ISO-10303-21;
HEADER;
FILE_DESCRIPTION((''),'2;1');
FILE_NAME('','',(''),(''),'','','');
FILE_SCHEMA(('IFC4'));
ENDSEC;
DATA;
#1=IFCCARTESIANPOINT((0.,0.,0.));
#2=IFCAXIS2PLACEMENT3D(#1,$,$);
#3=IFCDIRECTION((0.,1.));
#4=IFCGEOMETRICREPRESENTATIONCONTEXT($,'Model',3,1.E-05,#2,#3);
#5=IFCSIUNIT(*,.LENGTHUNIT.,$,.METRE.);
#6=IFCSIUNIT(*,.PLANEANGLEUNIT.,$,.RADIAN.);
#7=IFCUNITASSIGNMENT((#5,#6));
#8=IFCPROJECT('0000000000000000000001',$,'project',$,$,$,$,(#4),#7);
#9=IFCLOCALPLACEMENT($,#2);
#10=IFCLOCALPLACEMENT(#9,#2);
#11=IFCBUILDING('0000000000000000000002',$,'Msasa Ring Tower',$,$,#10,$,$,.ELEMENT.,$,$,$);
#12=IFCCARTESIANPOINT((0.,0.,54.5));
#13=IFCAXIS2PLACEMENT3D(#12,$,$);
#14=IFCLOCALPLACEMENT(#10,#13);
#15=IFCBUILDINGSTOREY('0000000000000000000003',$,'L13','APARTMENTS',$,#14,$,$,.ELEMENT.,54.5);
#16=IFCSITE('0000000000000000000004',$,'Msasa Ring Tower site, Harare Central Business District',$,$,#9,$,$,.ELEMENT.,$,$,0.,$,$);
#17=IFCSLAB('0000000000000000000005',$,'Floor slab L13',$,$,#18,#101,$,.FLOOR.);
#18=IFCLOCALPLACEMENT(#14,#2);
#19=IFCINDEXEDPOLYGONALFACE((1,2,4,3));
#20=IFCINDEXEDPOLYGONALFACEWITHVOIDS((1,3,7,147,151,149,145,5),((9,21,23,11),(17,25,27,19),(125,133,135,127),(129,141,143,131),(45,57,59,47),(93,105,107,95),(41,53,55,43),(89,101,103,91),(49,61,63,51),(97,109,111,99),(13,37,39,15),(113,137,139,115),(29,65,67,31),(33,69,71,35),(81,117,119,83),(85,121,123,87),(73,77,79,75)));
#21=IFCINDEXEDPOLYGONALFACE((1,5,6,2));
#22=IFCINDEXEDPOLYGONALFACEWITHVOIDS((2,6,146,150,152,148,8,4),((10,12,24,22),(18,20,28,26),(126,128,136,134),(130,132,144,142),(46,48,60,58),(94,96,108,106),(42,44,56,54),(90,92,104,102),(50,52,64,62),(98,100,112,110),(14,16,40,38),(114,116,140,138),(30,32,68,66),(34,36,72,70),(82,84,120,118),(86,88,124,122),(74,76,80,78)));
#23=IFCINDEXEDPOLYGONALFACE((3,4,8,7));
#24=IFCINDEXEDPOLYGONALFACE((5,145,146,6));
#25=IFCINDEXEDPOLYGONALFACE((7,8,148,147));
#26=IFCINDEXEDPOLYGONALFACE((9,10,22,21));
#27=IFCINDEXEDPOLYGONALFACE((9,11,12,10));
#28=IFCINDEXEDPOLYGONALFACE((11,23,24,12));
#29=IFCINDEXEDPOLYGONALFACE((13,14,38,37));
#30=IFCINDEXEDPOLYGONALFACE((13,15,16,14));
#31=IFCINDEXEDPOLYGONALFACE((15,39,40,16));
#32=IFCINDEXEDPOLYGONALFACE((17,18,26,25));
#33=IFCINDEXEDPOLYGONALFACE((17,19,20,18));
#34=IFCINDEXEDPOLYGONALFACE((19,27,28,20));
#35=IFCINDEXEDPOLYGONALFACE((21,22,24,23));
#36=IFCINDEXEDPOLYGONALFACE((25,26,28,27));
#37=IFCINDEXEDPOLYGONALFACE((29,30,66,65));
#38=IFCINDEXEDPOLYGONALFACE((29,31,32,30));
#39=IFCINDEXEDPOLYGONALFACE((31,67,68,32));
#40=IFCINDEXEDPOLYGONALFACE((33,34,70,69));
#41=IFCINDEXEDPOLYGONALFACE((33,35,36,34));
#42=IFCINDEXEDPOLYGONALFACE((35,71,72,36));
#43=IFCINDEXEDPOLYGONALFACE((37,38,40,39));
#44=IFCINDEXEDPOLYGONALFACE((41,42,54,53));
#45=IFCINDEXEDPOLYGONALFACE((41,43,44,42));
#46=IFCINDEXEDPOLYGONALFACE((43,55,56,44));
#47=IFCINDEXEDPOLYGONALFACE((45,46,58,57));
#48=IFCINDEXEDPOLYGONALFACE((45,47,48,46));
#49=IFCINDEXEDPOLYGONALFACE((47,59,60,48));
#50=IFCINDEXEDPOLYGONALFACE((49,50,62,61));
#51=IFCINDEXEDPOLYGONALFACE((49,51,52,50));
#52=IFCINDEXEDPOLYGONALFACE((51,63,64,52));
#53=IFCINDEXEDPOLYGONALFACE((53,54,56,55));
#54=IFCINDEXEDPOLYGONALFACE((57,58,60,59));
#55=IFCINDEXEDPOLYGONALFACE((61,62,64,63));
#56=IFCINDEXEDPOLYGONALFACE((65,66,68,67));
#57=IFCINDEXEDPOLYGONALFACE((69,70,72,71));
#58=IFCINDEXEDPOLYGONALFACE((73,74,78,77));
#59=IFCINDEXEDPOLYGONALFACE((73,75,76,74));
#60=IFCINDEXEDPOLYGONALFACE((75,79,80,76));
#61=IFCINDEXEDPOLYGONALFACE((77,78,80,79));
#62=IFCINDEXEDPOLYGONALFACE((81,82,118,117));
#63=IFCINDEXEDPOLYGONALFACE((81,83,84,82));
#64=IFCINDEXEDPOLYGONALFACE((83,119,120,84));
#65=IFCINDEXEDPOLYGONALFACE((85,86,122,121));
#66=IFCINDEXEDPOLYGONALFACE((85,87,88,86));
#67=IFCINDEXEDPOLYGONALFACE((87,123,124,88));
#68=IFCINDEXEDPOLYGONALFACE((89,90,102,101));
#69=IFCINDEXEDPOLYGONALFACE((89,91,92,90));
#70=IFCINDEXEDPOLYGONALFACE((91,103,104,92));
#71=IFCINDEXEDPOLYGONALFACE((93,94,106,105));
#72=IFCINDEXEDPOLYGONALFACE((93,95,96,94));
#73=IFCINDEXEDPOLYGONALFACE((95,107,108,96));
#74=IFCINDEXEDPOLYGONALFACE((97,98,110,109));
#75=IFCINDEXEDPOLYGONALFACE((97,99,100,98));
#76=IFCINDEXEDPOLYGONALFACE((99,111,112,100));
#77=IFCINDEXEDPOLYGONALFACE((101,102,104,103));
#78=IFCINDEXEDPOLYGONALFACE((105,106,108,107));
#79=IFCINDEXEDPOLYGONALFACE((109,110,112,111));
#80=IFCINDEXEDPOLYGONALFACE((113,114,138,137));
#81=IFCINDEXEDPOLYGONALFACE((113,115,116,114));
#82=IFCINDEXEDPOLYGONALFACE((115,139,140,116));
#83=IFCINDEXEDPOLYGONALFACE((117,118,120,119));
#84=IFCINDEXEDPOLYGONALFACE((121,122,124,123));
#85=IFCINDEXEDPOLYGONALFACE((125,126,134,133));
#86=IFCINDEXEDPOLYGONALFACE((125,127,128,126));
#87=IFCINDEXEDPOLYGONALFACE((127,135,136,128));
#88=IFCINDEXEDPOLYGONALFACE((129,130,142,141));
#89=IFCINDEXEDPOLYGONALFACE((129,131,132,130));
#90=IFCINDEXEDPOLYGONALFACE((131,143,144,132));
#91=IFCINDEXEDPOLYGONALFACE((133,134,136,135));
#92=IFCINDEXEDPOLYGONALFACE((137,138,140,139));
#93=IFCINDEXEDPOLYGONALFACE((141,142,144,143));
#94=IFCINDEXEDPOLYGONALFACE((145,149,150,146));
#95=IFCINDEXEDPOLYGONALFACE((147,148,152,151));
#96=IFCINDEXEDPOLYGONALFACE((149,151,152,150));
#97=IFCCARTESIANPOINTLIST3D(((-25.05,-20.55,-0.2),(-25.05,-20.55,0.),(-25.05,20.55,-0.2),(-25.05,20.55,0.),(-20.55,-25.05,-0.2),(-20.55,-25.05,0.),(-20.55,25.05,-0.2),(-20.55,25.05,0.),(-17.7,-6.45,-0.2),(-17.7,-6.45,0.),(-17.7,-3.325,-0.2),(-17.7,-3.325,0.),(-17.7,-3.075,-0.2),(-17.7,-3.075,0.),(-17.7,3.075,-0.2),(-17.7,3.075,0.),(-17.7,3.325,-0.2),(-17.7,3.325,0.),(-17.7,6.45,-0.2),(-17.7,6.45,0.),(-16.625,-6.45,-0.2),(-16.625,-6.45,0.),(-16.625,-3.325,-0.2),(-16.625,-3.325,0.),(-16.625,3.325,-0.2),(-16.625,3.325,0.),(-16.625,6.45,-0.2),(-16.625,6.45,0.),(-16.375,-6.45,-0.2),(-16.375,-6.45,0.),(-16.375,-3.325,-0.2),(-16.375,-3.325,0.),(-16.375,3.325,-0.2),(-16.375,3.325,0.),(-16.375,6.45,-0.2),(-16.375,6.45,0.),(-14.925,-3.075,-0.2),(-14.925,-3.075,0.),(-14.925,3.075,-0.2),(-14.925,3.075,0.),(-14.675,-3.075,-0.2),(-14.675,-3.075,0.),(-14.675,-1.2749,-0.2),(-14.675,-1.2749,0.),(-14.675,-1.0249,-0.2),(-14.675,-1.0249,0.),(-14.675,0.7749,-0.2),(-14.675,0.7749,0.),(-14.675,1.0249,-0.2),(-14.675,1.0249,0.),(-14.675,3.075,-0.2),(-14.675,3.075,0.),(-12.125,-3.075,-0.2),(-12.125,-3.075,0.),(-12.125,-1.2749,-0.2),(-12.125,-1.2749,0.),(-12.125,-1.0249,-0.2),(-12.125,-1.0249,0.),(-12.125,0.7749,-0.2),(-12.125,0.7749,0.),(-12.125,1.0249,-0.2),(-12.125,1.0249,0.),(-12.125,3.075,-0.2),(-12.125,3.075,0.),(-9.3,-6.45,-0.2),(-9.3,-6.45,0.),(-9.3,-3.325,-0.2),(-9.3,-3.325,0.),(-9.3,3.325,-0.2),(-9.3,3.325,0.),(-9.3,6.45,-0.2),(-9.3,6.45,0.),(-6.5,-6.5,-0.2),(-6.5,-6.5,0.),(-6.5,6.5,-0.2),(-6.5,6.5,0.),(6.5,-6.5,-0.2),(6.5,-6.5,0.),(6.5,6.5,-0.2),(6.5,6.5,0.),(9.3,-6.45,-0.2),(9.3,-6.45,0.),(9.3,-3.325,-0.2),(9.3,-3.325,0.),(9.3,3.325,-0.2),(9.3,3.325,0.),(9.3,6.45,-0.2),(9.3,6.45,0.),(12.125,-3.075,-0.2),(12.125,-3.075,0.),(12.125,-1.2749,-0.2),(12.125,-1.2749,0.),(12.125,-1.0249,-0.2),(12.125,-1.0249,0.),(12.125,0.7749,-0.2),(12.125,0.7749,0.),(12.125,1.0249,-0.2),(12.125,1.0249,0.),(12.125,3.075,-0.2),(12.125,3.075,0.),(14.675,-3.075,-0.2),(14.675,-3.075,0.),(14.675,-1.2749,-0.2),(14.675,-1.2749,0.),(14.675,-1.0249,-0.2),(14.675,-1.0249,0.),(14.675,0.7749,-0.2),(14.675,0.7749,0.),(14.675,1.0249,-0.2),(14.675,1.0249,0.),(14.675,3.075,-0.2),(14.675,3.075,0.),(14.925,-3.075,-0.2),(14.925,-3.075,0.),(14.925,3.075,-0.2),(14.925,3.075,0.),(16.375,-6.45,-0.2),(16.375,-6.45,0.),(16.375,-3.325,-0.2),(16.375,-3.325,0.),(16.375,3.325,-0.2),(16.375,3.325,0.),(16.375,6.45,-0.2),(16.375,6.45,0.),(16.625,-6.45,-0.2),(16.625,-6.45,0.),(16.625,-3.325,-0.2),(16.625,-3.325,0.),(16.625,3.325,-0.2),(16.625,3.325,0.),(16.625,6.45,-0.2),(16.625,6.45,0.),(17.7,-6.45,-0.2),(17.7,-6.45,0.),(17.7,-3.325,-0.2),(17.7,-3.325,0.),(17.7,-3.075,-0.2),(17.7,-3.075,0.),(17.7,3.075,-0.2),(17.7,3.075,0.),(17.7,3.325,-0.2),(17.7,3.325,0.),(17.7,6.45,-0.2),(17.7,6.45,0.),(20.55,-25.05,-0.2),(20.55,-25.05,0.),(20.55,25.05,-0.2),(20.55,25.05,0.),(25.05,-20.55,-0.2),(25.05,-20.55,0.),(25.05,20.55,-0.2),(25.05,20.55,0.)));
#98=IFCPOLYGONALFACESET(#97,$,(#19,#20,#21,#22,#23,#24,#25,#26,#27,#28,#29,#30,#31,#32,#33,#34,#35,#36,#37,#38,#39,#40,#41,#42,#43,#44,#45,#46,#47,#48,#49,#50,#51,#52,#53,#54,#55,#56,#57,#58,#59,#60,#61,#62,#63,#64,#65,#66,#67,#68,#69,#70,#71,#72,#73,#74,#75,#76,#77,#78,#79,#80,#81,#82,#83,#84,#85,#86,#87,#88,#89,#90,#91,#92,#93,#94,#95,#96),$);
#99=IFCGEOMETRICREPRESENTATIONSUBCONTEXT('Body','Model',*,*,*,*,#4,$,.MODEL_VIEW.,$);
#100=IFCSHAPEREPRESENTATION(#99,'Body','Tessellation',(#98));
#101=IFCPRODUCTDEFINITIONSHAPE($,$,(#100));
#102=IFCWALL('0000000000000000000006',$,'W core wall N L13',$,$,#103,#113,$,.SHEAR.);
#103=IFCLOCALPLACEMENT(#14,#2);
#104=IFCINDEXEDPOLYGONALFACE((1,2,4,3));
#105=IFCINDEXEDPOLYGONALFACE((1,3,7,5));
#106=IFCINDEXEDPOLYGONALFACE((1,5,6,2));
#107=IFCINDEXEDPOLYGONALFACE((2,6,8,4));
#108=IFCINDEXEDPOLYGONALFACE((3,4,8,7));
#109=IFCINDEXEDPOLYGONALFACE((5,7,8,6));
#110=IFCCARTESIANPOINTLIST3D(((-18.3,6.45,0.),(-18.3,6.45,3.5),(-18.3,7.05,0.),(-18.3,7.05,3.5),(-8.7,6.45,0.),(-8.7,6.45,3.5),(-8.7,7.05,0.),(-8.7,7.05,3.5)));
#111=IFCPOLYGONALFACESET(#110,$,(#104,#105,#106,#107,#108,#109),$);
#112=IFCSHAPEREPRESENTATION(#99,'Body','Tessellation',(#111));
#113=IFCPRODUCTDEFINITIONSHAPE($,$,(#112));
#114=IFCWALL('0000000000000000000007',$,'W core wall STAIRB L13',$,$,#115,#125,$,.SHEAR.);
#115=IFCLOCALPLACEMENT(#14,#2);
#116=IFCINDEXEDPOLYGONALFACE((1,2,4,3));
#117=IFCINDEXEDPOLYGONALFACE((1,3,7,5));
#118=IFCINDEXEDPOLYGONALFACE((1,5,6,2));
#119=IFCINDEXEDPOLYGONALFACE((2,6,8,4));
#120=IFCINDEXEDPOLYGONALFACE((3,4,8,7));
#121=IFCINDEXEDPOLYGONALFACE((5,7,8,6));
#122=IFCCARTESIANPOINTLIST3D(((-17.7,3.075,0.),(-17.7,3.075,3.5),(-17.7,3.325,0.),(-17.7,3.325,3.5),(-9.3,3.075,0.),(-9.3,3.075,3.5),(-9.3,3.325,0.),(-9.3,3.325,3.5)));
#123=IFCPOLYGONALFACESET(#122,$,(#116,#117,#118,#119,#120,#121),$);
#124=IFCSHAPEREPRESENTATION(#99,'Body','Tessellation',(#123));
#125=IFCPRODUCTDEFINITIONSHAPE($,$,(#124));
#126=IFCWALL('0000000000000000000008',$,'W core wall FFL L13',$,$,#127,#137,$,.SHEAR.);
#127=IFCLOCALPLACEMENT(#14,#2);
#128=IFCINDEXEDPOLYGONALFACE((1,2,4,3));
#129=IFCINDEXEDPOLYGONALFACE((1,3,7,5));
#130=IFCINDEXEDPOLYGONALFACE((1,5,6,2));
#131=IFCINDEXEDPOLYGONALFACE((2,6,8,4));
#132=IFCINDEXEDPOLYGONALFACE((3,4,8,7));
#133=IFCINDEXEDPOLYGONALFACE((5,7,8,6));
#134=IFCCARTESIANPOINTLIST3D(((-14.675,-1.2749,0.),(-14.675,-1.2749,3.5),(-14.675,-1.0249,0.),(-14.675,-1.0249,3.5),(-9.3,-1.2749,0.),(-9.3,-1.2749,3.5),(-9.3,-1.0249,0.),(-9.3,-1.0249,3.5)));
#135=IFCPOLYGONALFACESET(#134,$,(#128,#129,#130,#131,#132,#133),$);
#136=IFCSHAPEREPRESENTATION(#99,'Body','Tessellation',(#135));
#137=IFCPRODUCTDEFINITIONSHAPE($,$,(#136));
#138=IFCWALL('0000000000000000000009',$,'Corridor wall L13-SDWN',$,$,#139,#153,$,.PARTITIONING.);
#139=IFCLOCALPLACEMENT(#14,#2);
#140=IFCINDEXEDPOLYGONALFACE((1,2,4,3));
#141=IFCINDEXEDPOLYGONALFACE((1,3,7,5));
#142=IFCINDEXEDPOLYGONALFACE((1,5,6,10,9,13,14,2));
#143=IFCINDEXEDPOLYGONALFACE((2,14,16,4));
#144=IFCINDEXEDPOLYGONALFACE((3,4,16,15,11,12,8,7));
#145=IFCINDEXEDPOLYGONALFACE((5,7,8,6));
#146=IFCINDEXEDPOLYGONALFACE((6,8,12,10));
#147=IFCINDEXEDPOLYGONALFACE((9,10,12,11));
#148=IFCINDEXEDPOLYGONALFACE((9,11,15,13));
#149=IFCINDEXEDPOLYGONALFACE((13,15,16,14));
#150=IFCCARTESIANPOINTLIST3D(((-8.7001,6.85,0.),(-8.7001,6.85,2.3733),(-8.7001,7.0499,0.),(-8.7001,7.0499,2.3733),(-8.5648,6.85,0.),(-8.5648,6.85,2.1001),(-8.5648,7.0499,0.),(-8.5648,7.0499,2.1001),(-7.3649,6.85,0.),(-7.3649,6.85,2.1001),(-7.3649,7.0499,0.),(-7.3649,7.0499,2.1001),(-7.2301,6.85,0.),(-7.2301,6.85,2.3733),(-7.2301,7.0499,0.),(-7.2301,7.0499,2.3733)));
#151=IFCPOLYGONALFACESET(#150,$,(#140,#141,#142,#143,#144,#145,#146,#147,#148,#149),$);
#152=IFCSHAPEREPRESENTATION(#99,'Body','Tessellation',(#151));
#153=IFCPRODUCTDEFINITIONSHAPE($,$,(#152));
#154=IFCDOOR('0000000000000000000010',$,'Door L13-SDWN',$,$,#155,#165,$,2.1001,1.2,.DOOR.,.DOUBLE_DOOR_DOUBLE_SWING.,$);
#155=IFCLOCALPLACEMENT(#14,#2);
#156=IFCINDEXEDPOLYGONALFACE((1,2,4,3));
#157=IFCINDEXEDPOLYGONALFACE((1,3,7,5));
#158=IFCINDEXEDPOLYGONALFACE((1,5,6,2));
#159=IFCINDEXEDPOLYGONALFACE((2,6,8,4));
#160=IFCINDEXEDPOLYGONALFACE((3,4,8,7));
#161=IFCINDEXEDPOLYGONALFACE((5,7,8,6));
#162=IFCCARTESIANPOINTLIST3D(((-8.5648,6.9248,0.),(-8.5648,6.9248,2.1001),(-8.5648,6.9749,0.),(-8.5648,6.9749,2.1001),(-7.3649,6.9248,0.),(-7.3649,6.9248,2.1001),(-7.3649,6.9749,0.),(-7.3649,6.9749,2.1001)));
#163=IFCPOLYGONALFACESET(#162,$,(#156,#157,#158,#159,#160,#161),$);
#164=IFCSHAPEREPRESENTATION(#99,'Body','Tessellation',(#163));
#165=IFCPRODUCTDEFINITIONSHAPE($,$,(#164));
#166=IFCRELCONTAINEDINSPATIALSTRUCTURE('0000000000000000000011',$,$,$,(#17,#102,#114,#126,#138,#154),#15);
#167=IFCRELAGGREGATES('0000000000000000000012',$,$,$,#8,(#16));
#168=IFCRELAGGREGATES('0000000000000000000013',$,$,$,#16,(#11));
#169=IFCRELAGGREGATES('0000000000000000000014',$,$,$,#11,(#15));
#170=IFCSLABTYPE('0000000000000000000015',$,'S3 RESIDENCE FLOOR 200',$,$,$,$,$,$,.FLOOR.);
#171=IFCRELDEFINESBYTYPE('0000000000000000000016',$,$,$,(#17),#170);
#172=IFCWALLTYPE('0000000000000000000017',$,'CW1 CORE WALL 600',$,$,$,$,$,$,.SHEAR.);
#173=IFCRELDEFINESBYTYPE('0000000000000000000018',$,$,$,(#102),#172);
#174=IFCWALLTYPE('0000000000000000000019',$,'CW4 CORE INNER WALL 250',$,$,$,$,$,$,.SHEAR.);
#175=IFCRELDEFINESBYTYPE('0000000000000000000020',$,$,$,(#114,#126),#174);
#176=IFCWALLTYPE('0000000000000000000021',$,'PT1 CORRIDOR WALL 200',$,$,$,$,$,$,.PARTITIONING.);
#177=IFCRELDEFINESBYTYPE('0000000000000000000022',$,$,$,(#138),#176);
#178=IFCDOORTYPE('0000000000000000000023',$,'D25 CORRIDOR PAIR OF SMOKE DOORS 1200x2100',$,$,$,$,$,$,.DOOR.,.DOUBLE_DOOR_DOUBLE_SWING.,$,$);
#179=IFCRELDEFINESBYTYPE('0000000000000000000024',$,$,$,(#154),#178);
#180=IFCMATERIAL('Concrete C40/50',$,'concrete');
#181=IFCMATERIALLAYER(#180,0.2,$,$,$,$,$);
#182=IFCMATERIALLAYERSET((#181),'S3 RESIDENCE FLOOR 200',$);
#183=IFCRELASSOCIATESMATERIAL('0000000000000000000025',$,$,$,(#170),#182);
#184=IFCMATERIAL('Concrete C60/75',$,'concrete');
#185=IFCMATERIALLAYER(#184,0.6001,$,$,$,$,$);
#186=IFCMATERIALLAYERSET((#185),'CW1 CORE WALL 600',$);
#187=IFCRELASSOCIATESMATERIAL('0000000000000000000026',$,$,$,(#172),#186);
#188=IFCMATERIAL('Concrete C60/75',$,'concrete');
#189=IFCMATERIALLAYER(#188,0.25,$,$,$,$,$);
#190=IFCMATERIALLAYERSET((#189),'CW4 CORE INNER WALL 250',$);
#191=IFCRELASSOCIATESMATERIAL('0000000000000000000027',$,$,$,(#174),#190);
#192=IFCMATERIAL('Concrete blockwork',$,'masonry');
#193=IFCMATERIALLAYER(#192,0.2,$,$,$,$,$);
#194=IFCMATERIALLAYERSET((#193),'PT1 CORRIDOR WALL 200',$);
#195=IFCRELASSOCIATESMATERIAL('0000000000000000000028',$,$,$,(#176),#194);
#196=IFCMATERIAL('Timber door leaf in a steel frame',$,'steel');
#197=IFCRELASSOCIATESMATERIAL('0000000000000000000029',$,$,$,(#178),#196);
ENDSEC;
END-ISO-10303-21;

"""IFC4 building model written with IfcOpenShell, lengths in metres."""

from ifc_helpers import new_model, si_unit, direction, frame, frame_2d, origin, place, context, subcontext, project, spatial, polyline, rectangle, outline, extrude, material, layer, layer_set, type_object, element, fill, save


model = new_model("IFC4")

# Units and contexts
model_context = context("Model", 3, precision=1e-05, world=origin(), true_north=direction((0.0, 1.0)))
body_context = subcontext(model_context, "Body", "Model", "MODEL_VIEW")
ifc_project = project(units=[si_unit("LENGTHUNIT", "METRE"), si_unit("PLANEANGLEUNIT", "RADIAN")], contexts=[model_context])

# Site, building, storey
site_placement = place(None, origin())
site = spatial("IfcSite", under=ifc_project, at=site_placement, Name="Msasa Ring Tower site, Harare Central Business District", CompositionType="ELEMENT", RefElevation=0.0)
building_placement = place(site_placement, origin())
building = spatial("IfcBuilding", under=site, at=building_placement, Name="Msasa Ring Tower", CompositionType="ELEMENT")
storey_placement = place(building_placement, frame((0.0, 0.0, 54.5)))
storey = spatial("IfcBuildingStorey", under=building, at=storey_placement, Name="L13", Description="APARTMENTS", CompositionType="ELEMENT", Elevation=54.5)

# Slab
ifc_material_1 = material(Name="Concrete C40/50", Category="concrete")
ifc_layer_1 = layer(ifc_material_1, 0.2)
ifc_layer_set_1 = layer_set([ifc_layer_1], Name="S3 RESIDENCE FLOOR 200")
slab_type = type_object("IfcSlabType", Name="S3 RESIDENCE FLOOR 200", PredefinedType="FLOOR", material=ifc_layer_set_1)
slab_placement = place(storey_placement, frame((0.0, 0.0, -0.2)))
element("IfcSlab", 1, at=slab_placement, inside=storey, type_object=slab_type, Name="Floor slab L13", PredefinedType="FLOOR", context=body_context, shape_type="SweptSolid", body=[
    extrude(outline(polyline([(-20.55, -25.05), (20.55, -25.05), (25.05, -20.55), (25.05, 20.55), (20.55, 25.05), (-20.55, 25.05), (-25.05, 20.55), (-25.05, -20.55), (-20.55, -25.05)]), holes=[polyline([(-6.5, -6.5), (6.5, -6.5), (6.5, 6.5), (-6.5, 6.5), (-6.5, -6.5)]), polyline([(9.3, -6.45), (16.375, -6.45), (16.375, -3.325), (9.3, -3.325), (9.3, -6.45)]), polyline([(9.3, 3.325), (16.375, 3.325), (16.375, 6.45), (9.3, 6.45), (9.3, 3.325)]), polyline([(12.125, -3.075), (14.675, -3.075), (14.675, -1.2749), (12.125, -1.2749), (12.125, -3.075)]), polyline([(12.125, -1.0249), (14.675, -1.0249), (14.675, 0.7749), (12.125, 0.7749), (12.125, -1.0249)]), polyline([(12.125, 1.0249), (14.675, 1.0249), (14.675, 3.075), (12.125, 3.075), (12.125, 1.0249)]), polyline([(16.625, -6.45), (17.7, -6.45), (17.7, -3.325), (16.625, -3.325), (16.625, -6.45)]), polyline([(16.625, 3.325), (17.7, 3.325), (17.7, 6.45), (16.625, 6.45), (16.625, 3.325)]), polyline([(14.925, -3.075), (17.7, -3.075), (17.7, 3.075), (14.925, 3.075), (14.925, -3.075)]), polyline([(-16.375, -6.45), (-9.3, -6.45), (-9.3, -3.325), (-16.375, -3.325), (-16.375, -6.45)]), polyline([(-16.375, 3.325), (-9.3, 3.325), (-9.3, 6.45), (-16.375, 6.45), (-16.375, 3.325)]), polyline([(-14.675, -3.075), (-12.125, -3.075), (-12.125, -1.2749), (-14.675, -1.2749), (-14.675, -3.075)]), polyline([(-14.675, -1.0249), (-12.125, -1.0249), (-12.125, 0.7749), (-14.675, 0.7749), (-14.675, -1.0249)]), polyline([(-14.675, 1.0249), (-12.125, 1.0249), (-12.125, 3.075), (-14.675, 3.075), (-14.675, 1.0249)]), polyline([(-17.7, -6.45), (-16.625, -6.45), (-16.625, -3.325), (-17.7, -3.325), (-17.7, -6.45)]), polyline([(-17.7, 3.325), (-16.625, 3.325), (-16.625, 6.45), (-17.7, 6.45), (-17.7, 3.325)]), polyline([(-17.7, -3.075), (-14.925, -3.075), (-14.925, 3.075), (-17.7, 3.075), (-17.7, -3.075)])]), origin(), (0.0, 0.0, 1.0), 0.2),
])

# Walls
ifc_material_2 = material(Name="Concrete C60/75", Category="concrete")
ifc_layer_2 = layer(ifc_material_2, 0.6001)
ifc_layer_set_2 = layer_set([ifc_layer_2], Name="CW1 CORE WALL 600")
wall_type_1 = type_object("IfcWallType", Name="CW1 CORE WALL 600", PredefinedType="SHEAR", material=ifc_layer_set_2)
wall_1_placement = place(storey_placement, frame((-8.7, 6.75, 0.0), z_axis=(0.0, 0.0, 1.0), x_axis=(-1.0, 0.0, 0.0)))
element("IfcWall", 2, at=wall_1_placement, inside=storey, type_object=wall_type_1, Name="W core wall N L13", PredefinedType="SHEAR", context=body_context, shape_type="SweptSolid", body=[
    extrude(rectangle(XDim=9.6001, YDim=0.6001, at=frame_2d((4.8, 0.0))), origin(), (0.0, 0.0, 1.0), 3.5),
])
ifc_material_3 = material(Name="Concrete C60/75", Category="concrete")
ifc_layer_3 = layer(ifc_material_3, 0.25)
ifc_layer_set_3 = layer_set([ifc_layer_3], Name="CW4 CORE INNER WALL 250")
wall_type_2 = type_object("IfcWallType", Name="CW4 CORE INNER WALL 250", PredefinedType="SHEAR", material=ifc_layer_set_3)
wall_2_placement = place(storey_placement, frame((-9.3, 3.2, 0.0), z_axis=(0.0, 0.0, 1.0), x_axis=(-1.0, 0.0, 0.0)))
element("IfcWall", 3, at=wall_2_placement, inside=storey, type_object=wall_type_2, Name="W core wall STAIRB L13", PredefinedType="SHEAR", context=body_context, shape_type="SweptSolid", body=[
    extrude(rectangle(XDim=8.3999, YDim=0.25, at=frame_2d((4.2, 0.0))), origin(), (0.0, 0.0, 1.0), 3.5),
])
wall_3_placement = place(storey_placement, frame((-9.3, -1.1499, 0.0), z_axis=(0.0, 0.0, 1.0), x_axis=(-1.0, 0.0, 0.0)))
element("IfcWall", 4, at=wall_3_placement, inside=storey, type_object=wall_type_2, Name="W core wall FFL L13", PredefinedType="SHEAR", context=body_context, shape_type="SweptSolid", body=[
    extrude(rectangle(XDim=5.375, YDim=0.25, at=frame_2d((2.6875, 0.0))), origin(), (0.0, 0.0, 1.0), 3.5),
])

# Wall, opening, door
ifc_material_4 = material(Name="Concrete blockwork", Category="masonry")
ifc_layer_4 = layer(ifc_material_4, 0.2)
ifc_layer_set_4 = layer_set([ifc_layer_4], Name="PT1 CORRIDOR WALL 200")
wall_type_3 = type_object("IfcWallType", Name="PT1 CORRIDOR WALL 200", PredefinedType="PARTITIONING", material=ifc_layer_set_4)
wall_4_placement = place(storey_placement, frame((-8.7, 6.95, 0.0), z_axis=(0.0, 0.0, 1.0), x_axis=(1.0, 0.0, 0.0)))
wall_4 = element("IfcWall", 5, at=wall_4_placement, inside=storey, type_object=wall_type_3, Name="Corridor wall L13-SDWN", PredefinedType="PARTITIONING", context=body_context, shape_type="SweptSolid", body=[
    extrude(rectangle(XDim=1.47, YDim=0.2, at=frame_2d((0.7349, 0.0))), origin(), (0.0, 0.0, 1.0), 2.3733),
])
opening_placement = place(wall_4_placement, frame((0.135, 0.0, 0.0)))
opening = element("IfcOpeningElement", 6, at=opening_placement, cuts=wall_4, PredefinedType="OPENING", context=body_context, shape_type="SweptSolid", body=[
    extrude(rectangle(XDim=1.2, YDim=2.1001, at=frame_2d((0.6001, 1.05))), frame((0.0, 0.1099, 0.0), z_axis=(0.0, -1.0, 0.0), x_axis=(1.0, 0.0, 0.0)), (0.0, 0.0, 1.0), 0.22),
])
ifc_material_5 = material(Name="Timber door leaf in a steel frame", Category="steel")
door_type = type_object("IfcDoorType", Name="D25 CORRIDOR PAIR OF SMOKE DOORS 1200x2100", OperationType="DOUBLE_DOOR_DOUBLE_SWING", PredefinedType="DOOR", material=ifc_material_5)
door_placement = place(opening_placement, origin())
door = element("IfcDoor", 7, at=door_placement, inside=storey, type_object=door_type, Name="Door L13-SDWN", OperationType="DOUBLE_DOOR_DOUBLE_SWING", OverallHeight=2.1001, OverallWidth=1.2, PredefinedType="DOOR", context=body_context, shape_type="SweptSolid", body=[
    extrude(rectangle(XDim=1.2, YDim=2.1001, at=frame_2d((0.6001, 1.05))), frame((0.0, 0.0249, 0.0), z_axis=(0.0, -1.0, 0.0), x_axis=(1.0, 0.0, 0.0)), (0.0, 0.0, 1.0), 0.05),
])
fill(opening, door)

save(model, "model.ifc")
